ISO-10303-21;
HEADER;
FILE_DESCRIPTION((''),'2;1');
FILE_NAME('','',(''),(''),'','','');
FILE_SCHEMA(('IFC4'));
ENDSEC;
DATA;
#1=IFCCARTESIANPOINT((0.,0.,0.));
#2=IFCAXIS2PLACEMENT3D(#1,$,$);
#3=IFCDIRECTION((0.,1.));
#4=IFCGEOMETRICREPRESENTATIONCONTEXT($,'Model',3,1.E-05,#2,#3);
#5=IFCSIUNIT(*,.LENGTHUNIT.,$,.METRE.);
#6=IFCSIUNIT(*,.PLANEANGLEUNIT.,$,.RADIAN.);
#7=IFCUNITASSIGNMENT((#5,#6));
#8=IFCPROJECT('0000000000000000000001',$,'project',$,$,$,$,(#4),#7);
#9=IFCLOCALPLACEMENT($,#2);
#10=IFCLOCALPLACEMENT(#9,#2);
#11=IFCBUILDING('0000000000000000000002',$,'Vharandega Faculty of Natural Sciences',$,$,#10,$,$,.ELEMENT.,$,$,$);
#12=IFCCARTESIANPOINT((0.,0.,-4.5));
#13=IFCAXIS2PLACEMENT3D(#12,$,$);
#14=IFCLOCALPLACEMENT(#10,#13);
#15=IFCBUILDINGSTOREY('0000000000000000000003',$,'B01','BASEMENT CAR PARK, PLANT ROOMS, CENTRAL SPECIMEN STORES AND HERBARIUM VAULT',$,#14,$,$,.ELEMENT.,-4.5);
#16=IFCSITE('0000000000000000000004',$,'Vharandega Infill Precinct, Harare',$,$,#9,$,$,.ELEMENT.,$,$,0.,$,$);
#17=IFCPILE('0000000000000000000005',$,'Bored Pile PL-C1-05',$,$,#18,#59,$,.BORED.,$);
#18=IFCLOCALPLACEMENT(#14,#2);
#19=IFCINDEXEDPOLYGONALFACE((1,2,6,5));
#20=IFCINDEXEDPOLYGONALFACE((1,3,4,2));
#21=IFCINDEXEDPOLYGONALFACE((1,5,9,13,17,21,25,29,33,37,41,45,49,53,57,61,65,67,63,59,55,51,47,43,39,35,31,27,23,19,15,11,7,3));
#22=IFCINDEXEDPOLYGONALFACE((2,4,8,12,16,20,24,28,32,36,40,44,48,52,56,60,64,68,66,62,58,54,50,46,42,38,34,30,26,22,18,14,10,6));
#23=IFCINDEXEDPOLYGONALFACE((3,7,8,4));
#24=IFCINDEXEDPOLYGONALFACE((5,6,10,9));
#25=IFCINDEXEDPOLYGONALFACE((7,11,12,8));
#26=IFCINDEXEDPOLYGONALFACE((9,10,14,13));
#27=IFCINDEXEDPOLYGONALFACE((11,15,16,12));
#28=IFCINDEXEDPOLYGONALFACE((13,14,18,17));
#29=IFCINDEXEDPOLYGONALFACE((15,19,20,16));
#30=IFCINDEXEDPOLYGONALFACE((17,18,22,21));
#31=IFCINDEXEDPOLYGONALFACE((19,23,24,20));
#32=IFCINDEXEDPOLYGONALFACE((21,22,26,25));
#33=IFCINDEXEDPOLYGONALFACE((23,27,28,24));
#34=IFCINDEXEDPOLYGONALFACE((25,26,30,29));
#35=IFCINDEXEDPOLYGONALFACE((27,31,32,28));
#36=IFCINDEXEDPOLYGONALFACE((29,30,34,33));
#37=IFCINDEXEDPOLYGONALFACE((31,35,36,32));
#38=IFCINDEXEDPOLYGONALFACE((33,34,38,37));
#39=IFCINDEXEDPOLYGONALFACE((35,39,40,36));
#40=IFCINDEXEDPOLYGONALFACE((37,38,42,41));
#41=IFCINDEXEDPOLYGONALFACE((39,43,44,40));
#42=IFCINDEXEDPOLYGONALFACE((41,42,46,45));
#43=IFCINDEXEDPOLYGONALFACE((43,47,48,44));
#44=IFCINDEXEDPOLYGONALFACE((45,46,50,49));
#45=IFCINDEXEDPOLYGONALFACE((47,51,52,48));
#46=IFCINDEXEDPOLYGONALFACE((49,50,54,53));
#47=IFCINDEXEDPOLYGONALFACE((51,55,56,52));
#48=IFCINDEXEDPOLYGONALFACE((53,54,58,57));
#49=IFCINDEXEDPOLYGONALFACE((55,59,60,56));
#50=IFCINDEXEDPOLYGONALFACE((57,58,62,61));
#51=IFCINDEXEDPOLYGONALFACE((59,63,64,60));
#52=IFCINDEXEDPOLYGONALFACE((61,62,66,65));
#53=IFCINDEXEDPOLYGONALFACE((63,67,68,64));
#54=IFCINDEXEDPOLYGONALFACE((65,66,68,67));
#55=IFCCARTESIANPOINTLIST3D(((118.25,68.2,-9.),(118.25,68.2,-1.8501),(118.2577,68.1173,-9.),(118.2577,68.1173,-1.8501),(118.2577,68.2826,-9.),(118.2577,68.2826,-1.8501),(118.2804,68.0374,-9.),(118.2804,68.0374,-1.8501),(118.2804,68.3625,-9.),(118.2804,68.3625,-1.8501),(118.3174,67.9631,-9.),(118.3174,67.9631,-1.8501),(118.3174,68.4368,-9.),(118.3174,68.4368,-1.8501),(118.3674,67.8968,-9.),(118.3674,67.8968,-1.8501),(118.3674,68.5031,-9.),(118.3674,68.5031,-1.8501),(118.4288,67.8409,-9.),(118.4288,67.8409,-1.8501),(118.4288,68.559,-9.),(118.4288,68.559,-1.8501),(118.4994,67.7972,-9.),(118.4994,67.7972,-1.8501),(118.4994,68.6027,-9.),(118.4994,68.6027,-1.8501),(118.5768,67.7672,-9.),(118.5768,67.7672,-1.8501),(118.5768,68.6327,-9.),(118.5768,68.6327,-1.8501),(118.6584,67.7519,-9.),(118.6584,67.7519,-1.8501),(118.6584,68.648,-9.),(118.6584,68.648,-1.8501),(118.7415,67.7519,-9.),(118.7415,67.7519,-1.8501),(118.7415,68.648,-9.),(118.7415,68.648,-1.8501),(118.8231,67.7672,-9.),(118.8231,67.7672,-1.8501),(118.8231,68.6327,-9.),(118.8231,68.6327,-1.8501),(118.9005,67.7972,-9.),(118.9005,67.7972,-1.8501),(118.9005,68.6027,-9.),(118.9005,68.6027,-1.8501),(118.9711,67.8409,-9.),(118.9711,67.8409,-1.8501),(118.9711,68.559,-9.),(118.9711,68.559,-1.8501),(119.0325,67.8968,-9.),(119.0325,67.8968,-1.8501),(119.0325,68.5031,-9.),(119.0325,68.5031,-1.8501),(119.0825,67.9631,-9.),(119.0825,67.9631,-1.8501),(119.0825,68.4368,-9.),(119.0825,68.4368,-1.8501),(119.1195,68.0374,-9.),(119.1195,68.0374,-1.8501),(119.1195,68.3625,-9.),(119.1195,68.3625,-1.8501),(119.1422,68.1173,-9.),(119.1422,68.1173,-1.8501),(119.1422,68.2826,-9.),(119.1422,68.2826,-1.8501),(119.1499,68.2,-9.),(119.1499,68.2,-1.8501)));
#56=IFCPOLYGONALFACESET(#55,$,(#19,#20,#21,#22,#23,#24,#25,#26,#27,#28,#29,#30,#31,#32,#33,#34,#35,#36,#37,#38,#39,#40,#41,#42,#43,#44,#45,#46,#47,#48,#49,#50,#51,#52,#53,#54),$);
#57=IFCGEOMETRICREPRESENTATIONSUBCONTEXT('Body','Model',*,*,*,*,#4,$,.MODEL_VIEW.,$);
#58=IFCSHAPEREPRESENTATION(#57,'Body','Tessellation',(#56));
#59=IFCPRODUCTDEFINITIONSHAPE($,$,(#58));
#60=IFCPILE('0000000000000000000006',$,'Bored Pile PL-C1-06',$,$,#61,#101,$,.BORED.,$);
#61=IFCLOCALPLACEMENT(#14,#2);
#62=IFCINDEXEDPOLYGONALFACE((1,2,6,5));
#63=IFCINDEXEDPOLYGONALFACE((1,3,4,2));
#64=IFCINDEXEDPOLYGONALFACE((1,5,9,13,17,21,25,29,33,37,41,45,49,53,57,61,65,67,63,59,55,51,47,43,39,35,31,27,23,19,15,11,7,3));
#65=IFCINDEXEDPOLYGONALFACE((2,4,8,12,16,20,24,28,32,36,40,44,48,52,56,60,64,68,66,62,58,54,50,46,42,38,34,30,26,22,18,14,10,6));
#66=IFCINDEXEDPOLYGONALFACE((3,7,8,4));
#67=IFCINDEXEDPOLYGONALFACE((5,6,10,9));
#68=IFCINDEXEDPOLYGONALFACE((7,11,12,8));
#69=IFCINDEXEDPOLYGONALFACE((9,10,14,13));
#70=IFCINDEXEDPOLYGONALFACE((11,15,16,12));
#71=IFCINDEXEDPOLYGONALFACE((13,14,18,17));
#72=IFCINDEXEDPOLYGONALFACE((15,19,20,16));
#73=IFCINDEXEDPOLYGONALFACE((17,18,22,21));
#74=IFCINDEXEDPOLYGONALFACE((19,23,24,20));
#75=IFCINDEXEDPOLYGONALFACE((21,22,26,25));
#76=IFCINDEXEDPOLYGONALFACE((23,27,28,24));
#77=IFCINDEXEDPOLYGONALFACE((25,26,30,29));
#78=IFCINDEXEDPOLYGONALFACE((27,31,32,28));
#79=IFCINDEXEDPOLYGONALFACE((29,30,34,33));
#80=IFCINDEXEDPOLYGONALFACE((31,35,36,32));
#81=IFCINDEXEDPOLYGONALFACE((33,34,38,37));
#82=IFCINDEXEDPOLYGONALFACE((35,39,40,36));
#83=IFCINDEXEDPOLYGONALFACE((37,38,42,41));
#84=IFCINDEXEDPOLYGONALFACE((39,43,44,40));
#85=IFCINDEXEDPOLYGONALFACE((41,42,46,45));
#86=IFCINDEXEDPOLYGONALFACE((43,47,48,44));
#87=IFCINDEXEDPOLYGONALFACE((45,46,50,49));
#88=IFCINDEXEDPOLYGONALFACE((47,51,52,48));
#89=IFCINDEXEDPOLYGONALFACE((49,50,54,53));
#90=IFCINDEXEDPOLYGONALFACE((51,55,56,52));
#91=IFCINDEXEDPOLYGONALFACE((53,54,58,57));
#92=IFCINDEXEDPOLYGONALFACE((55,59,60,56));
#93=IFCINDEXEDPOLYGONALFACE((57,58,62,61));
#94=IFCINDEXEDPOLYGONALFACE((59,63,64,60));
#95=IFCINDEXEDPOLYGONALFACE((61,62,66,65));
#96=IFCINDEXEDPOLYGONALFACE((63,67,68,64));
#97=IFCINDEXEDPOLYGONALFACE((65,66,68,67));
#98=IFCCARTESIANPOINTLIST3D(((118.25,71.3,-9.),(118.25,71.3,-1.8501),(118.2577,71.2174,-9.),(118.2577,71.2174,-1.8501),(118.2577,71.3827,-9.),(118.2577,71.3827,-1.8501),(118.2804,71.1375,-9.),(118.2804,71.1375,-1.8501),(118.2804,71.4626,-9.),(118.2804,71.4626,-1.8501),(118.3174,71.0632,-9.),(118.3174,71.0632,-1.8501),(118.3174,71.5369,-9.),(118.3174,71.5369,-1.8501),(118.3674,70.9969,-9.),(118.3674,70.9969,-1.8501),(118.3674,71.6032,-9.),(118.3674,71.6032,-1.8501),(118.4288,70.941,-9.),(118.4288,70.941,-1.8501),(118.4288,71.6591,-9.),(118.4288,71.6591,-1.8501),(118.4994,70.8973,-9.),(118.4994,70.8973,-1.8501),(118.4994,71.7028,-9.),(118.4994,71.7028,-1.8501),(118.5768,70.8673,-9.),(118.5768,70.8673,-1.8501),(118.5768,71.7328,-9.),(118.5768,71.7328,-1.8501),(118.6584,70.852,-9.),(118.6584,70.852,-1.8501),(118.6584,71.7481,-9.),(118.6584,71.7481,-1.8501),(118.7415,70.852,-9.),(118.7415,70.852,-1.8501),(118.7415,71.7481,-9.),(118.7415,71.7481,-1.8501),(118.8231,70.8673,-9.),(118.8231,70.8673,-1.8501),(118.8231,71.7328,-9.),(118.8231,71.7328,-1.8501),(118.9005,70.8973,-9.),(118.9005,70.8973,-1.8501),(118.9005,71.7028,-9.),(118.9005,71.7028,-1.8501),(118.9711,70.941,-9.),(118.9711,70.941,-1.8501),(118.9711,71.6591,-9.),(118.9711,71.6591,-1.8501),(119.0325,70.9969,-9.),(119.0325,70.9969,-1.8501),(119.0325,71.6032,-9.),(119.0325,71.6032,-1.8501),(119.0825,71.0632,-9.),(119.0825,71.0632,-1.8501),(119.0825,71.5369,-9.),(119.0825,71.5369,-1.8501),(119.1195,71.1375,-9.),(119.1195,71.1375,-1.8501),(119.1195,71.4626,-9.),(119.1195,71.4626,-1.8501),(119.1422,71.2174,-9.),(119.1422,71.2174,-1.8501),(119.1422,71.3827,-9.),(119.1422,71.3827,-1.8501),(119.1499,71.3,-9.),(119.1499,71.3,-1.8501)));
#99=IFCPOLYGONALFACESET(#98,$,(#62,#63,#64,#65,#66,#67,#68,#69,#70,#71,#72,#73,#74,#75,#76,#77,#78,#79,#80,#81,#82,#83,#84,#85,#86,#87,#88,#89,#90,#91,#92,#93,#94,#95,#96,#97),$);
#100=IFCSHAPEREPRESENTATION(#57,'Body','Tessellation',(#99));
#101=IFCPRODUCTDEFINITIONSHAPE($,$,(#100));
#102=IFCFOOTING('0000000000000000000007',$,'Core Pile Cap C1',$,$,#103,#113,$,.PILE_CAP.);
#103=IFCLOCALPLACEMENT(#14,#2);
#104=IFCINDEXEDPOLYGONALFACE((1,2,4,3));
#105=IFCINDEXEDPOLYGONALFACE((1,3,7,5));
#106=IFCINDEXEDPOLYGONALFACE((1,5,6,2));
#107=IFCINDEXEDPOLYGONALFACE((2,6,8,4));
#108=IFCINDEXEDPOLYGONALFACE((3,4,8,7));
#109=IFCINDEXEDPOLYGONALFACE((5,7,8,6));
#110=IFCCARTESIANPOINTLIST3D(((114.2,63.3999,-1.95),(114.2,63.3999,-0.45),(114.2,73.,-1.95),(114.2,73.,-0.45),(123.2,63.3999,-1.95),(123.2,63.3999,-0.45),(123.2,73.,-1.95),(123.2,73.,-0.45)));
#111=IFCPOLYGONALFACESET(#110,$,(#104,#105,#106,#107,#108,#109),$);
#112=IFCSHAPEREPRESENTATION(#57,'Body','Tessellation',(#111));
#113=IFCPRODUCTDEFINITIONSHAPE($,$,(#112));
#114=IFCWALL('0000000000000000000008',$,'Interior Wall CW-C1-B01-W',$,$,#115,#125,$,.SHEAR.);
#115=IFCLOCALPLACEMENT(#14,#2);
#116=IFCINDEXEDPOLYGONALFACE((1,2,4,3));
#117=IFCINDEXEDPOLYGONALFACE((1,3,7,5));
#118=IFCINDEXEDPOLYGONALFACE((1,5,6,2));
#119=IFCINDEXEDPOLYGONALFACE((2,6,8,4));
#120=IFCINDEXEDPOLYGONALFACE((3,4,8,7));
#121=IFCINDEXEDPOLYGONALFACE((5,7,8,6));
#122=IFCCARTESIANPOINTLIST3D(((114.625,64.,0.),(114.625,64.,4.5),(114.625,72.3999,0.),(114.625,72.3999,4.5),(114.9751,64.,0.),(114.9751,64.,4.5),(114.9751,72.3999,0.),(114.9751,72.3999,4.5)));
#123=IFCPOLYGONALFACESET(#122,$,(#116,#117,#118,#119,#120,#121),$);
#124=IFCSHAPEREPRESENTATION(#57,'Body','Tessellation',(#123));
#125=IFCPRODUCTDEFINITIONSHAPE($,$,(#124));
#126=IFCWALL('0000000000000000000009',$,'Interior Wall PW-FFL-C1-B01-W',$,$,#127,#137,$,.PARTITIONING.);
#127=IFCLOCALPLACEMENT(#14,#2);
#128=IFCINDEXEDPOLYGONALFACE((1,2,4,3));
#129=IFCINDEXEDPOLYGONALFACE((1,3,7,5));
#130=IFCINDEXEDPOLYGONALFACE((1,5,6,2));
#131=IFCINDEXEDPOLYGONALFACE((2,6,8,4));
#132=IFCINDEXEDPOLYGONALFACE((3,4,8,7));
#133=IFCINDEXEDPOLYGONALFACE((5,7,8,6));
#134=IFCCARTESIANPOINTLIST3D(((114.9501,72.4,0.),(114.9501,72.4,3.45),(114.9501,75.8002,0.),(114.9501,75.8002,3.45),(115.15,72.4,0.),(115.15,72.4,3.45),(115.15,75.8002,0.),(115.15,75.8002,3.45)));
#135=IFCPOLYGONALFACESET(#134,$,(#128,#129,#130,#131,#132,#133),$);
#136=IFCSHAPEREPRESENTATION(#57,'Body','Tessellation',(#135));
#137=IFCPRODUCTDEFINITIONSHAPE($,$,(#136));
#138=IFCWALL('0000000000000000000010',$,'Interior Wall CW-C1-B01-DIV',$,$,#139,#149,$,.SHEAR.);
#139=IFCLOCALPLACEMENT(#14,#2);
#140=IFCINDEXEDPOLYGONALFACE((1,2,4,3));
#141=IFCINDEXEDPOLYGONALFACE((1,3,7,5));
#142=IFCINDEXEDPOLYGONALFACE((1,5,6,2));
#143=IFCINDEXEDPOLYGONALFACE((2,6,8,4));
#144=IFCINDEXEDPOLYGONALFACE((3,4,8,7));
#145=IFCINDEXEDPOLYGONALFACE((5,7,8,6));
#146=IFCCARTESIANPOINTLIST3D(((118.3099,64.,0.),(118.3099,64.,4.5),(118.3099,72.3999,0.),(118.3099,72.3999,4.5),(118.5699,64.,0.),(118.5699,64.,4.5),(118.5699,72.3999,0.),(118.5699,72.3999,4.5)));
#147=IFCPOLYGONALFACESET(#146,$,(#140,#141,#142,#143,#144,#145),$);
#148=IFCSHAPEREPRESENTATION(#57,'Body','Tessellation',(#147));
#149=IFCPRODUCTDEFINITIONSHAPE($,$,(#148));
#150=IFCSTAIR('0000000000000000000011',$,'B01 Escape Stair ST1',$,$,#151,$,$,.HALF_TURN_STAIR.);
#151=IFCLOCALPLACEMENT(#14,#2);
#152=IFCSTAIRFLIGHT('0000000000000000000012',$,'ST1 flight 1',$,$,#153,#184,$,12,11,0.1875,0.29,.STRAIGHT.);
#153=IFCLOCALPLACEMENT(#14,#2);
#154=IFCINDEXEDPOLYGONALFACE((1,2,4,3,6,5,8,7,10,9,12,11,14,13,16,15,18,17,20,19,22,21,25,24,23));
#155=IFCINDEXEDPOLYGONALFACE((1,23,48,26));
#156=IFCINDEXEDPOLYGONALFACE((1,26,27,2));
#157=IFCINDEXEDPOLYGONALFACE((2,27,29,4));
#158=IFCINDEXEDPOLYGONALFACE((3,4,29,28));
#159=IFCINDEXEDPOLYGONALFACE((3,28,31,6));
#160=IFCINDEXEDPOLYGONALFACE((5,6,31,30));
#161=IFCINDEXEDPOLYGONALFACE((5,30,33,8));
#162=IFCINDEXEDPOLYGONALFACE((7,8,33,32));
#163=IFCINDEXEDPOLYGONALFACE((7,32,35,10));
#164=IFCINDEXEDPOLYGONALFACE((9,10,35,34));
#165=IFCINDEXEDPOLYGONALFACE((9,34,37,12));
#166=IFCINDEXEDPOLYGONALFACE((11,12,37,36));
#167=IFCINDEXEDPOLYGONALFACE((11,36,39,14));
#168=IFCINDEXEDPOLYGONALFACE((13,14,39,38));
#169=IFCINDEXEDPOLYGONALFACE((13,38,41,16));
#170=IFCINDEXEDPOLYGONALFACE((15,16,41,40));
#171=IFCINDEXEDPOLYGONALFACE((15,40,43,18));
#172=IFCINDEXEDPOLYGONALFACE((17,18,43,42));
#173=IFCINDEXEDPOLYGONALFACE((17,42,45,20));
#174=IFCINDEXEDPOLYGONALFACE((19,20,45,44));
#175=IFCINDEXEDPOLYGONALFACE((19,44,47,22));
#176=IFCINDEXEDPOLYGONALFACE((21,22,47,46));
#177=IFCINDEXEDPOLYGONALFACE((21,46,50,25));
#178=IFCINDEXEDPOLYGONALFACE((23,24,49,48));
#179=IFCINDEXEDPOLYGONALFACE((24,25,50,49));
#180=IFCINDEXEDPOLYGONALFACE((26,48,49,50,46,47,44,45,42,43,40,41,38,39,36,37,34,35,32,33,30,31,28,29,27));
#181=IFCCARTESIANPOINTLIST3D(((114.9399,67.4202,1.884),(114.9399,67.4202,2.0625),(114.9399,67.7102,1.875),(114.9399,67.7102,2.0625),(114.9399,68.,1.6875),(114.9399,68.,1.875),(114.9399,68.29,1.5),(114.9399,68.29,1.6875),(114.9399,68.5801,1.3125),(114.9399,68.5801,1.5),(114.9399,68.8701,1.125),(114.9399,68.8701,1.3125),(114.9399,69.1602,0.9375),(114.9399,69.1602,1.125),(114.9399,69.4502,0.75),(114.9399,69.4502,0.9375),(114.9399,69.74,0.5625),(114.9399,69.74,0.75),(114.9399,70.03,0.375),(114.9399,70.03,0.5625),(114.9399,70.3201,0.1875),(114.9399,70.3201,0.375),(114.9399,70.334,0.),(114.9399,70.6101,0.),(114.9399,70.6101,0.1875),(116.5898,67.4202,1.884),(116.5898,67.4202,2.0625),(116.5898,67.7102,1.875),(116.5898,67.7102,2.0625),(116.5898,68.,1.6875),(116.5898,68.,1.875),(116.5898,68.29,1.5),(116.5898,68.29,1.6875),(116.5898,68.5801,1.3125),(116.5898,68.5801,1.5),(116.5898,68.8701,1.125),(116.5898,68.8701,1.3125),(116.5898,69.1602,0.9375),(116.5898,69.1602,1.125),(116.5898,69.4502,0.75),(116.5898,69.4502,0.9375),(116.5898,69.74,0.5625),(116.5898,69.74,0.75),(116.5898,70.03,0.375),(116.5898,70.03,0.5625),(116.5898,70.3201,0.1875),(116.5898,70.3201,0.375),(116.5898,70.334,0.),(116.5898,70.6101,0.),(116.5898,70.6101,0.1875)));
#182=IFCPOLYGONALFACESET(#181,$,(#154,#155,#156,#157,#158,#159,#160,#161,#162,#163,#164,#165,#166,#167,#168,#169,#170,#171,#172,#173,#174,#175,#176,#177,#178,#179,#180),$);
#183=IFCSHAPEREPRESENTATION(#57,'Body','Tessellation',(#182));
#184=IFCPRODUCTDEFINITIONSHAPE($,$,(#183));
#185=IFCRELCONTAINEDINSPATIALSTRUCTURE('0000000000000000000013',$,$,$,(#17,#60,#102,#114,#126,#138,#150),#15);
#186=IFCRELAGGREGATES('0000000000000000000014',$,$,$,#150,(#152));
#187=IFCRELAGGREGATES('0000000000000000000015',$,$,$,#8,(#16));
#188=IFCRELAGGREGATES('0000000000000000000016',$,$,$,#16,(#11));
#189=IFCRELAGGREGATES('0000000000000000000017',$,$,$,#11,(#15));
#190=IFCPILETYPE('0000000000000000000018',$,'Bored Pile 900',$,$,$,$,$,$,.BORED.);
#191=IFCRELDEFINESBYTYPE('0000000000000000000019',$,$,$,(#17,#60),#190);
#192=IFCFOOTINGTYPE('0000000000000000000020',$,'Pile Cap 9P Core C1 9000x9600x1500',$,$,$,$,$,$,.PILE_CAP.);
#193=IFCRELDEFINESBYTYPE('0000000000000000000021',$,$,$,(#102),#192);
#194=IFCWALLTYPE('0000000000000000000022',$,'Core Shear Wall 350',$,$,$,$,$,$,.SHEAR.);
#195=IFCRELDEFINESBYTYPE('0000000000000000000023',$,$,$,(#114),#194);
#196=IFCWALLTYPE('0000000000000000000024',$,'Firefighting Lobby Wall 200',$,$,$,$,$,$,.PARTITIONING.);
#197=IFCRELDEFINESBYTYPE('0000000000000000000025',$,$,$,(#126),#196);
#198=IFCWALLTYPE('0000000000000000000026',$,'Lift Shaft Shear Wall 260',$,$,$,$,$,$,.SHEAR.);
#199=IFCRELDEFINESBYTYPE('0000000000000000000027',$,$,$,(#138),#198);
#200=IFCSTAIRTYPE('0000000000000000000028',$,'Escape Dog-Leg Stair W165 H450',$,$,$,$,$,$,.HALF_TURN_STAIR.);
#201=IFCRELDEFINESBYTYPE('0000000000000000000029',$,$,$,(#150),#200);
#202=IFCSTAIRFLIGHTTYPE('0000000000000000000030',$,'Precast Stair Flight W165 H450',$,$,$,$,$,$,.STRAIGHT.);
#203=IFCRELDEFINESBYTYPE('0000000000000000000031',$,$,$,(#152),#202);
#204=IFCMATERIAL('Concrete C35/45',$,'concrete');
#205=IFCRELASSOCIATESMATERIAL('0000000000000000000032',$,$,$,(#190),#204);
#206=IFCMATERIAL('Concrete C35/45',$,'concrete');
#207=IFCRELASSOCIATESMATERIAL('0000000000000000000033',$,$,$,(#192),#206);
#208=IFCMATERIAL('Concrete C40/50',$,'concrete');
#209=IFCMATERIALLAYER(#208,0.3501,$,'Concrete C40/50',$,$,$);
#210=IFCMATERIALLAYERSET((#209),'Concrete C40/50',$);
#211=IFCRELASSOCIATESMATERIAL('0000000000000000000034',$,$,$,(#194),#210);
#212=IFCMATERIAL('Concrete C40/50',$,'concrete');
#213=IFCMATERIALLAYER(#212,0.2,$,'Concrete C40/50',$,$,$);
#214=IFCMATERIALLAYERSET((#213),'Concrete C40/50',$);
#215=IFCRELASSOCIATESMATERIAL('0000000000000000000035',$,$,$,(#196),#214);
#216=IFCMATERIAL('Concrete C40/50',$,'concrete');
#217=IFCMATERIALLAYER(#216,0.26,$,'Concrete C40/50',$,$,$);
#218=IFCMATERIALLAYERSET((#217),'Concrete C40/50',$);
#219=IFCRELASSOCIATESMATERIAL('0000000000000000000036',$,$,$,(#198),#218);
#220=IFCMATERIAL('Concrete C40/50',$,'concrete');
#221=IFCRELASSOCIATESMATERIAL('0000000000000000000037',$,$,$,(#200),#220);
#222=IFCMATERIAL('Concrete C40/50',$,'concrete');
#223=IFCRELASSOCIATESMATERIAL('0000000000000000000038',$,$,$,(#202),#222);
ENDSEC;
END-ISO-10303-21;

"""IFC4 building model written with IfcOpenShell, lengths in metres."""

from ifc_helpers import new_model, si_unit, direction, frame, frame_2d, origin, origin_2d, place, context, subcontext, project, spatial, polyline, rectangle, circle, outline, extrude, material, layer, layer_set, material_profile, profile_set, type_object, element, aggregate, save


model = new_model("IFC4")

# Units and contexts
model_context = context("Model", 3, precision=1e-05, world=origin(), true_north=direction((0.0, 1.0)))
body_context = subcontext(model_context, "Body", "Model", "MODEL_VIEW")
ifc_project = project(units=[si_unit("LENGTHUNIT", "METRE"), si_unit("PLANEANGLEUNIT", "RADIAN")], contexts=[model_context])

# Site, building, storey
site_placement = place(None, origin())
site = spatial("IfcSite", under=ifc_project, at=site_placement, Name="Vharandega Infill Precinct, Harare", CompositionType="ELEMENT", RefElevation=0.0)
building_placement = place(site_placement, origin())
building = spatial("IfcBuilding", under=site, at=building_placement, Name="Vharandega Faculty of Natural Sciences", CompositionType="ELEMENT")
storey_placement = place(building_placement, frame((0.0, 0.0, -4.5)))
storey = spatial("IfcBuildingStorey", under=building, at=storey_placement, Name="B01", Description="BASEMENT CAR PARK, PLANT ROOMS, CENTRAL SPECIMEN STORES AND HERBARIUM VAULT", CompositionType="ELEMENT", Elevation=-4.5)

# Piles
ifc_material_1 = material(Name="Concrete C35/45", Category="concrete")
ifc_material_profile = material_profile(ifc_material_1, circle(Radius=0.45, at=origin_2d()), Name="PILE 900")
ifc_profile_set = profile_set([ifc_material_profile], Name="Concrete C35/45")
pile_type = type_object("IfcPileType", Name="Bored Pile 900", PredefinedType="BORED", material=ifc_profile_set)
for number, where, z_axis, x_axis, name in (
    (1, (118.7, 68.2, -1.8501), (0.0, 0.0, -1.0), (1.0, 0.0, 0.0), "Bored Pile PL-C1-05"),
    (2, (118.7, 71.3, -1.8501), (0.0, 0.0, -1.0), (1.0, 0.0, 0.0), "Bored Pile PL-C1-06"),
):
    element("IfcPile", number, at=place(storey_placement, frame(where, z_axis=z_axis, x_axis=x_axis)), inside=storey, type_object=pile_type, Name=name, PredefinedType="BORED", context=body_context, shape_type="SweptSolid", body=[
        extrude(circle(Radius=0.45, at=origin_2d()), origin(), (0.0, 0.0, 1.0), 7.1499),
    ])

# Footing
ifc_material_2 = material(Name="Concrete C35/45", Category="concrete")
footing_type = type_object("IfcFootingType", Name="Pile Cap 9P Core C1 9000x9600x1500", PredefinedType="PILE_CAP", material=ifc_material_2)
footing_placement = place(storey_placement, frame((118.7, 68.2, -1.95), z_axis=(0.0, 0.0, 1.0), x_axis=(1.0, 0.0, 0.0)))
element("IfcFooting", 3, at=footing_placement, inside=storey, type_object=footing_type, Name="Core Pile Cap C1", PredefinedType="PILE_CAP", context=body_context, shape_type="SweptSolid", body=[
    extrude(rectangle(XDim=9.0, YDim=9.6001, at=origin_2d()), origin(), (0.0, 0.0, 1.0), 1.5),
])

# Wall
ifc_material_3 = material(Name="Concrete C40/50", Category="concrete")
ifc_layer_1 = layer(ifc_material_3, 0.3501, Name="Concrete C40/50")
ifc_layer_set_1 = layer_set([ifc_layer_1], Name="Concrete C40/50")
wall_type_1 = type_object("IfcWallType", Name="Core Shear Wall 350", PredefinedType="SHEAR", material=ifc_layer_set_1)
wall_1_placement = place(storey_placement, frame((114.8, 64.0, 0.0), z_axis=(0.0, 0.0, 1.0), x_axis=(0.0, 1.0, 0.0)))
element("IfcWall", 4, at=wall_1_placement, inside=storey, type_object=wall_type_1, Name="Interior Wall CW-C1-B01-W", PredefinedType="SHEAR", context=body_context, shape_type="SweptSolid", body=[
    extrude(rectangle(XDim=8.3999, YDim=0.3501, at=frame_2d((4.2, 0.0))), origin(), (0.0, 0.0, 1.0), 4.5),
])

# Walls
ifc_material_4 = material(Name="Concrete C40/50", Category="concrete")
ifc_layer_2 = layer(ifc_material_4, 0.2, Name="Concrete C40/50")
ifc_layer_set_2 = layer_set([ifc_layer_2], Name="Concrete C40/50")
wall_type_2 = type_object("IfcWallType", Name="Firefighting Lobby Wall 200", PredefinedType="PARTITIONING", material=ifc_layer_set_2)
wall_2_placement = place(storey_placement, frame((115.05, 72.3999, 0.0), z_axis=(0.0, 0.0, 1.0), x_axis=(0.0, 1.0, 0.0)))
element("IfcWall", 5, at=wall_2_placement, inside=storey, type_object=wall_type_2, Name="Interior Wall PW-FFL-C1-B01-W", PredefinedType="PARTITIONING", context=body_context, shape_type="SweptSolid", body=[
    extrude(rectangle(XDim=3.4001, YDim=0.2, at=frame_2d((1.7002, 0.0))), origin(), (0.0, 0.0, 1.0), 3.45),
])
ifc_material_5 = material(Name="Concrete C40/50", Category="concrete")
ifc_layer_3 = layer(ifc_material_5, 0.26, Name="Concrete C40/50")
ifc_layer_set_3 = layer_set([ifc_layer_3], Name="Concrete C40/50")
wall_type_3 = type_object("IfcWallType", Name="Lift Shaft Shear Wall 260", PredefinedType="SHEAR", material=ifc_layer_set_3)
wall_3_placement = place(storey_placement, frame((118.4399, 64.0, 0.0), z_axis=(0.0, 0.0, 1.0), x_axis=(0.0, 1.0, 0.0)))
element("IfcWall", 6, at=wall_3_placement, inside=storey, type_object=wall_type_3, Name="Interior Wall CW-C1-B01-DIV", PredefinedType="SHEAR", context=body_context, shape_type="SweptSolid", body=[
    extrude(rectangle(XDim=8.3999, YDim=0.26, at=frame_2d((4.2, 0.0))), origin(), (0.0, 0.0, 1.0), 4.5),
])

# Stair, stair flight
ifc_material_6 = material(Name="Concrete C40/50", Category="concrete")
stair_type = type_object("IfcStairType", Name="Escape Dog-Leg Stair W165 H450", PredefinedType="HALF_TURN_STAIR", material=ifc_material_6)
stair_placement = place(storey_placement, origin())
stair = element("IfcStair", 7, at=stair_placement, inside=storey, type_object=stair_type, Name="B01 Escape Stair ST1", PredefinedType="HALF_TURN_STAIR")
ifc_material_7 = material(Name="Concrete C40/50", Category="concrete")
stair_flight_type = type_object("IfcStairFlightType", Name="Precast Stair Flight W165 H450", PredefinedType="STRAIGHT", material=ifc_material_7)
stair_flight_1_placement = place(storey_placement, frame((115.7649, 70.6101, 0.0), z_axis=(0.0, 0.0, 1.0), x_axis=(0.0, -1.0, 0.0)))
stair_flight_1 = element("IfcStairFlight", 8, at=stair_flight_1_placement, type_object=stair_flight_type, Name="ST1 flight 1", NumberOfRisers=12, NumberOfTreads=11, PredefinedType="STRAIGHT", RiserHeight=0.1875, TreadLength=0.29, context=body_context, shape_type="SweptSolid", body=[
    extrude(outline(polyline([(0.0, 0.0), (0.0, 0.1875), (0.29, 0.1875), (0.29, 0.375), (0.5801, 0.375), (0.5801, 0.5625), (0.8701, 0.5625), (0.8701, 0.75), (1.1599, 0.75), (1.1599, 0.9375), (1.45, 0.9375), (1.45, 1.125), (1.74, 1.125), (1.74, 1.3125), (2.03, 1.3125), (2.03, 1.5), (2.3201, 1.5), (2.3201, 1.6875), (2.6101, 1.6875), (2.6101, 1.875), (2.8999, 1.875), (2.8999, 2.0625), (3.1899, 2.0625), (3.1899, 2.25), (3.1899, 1.884), (0.2761, 0.0), (0.0, 0.0)])), frame((0.0, 0.825, 0.0), z_axis=(0.0, -1.0, 0.0), x_axis=(1.0, 0.0, 0.0)), (0.0, 0.0, 1.0), 1.6499),
])
aggregate(stair, [stair_flight_1])

save(model, "model.ifc")
